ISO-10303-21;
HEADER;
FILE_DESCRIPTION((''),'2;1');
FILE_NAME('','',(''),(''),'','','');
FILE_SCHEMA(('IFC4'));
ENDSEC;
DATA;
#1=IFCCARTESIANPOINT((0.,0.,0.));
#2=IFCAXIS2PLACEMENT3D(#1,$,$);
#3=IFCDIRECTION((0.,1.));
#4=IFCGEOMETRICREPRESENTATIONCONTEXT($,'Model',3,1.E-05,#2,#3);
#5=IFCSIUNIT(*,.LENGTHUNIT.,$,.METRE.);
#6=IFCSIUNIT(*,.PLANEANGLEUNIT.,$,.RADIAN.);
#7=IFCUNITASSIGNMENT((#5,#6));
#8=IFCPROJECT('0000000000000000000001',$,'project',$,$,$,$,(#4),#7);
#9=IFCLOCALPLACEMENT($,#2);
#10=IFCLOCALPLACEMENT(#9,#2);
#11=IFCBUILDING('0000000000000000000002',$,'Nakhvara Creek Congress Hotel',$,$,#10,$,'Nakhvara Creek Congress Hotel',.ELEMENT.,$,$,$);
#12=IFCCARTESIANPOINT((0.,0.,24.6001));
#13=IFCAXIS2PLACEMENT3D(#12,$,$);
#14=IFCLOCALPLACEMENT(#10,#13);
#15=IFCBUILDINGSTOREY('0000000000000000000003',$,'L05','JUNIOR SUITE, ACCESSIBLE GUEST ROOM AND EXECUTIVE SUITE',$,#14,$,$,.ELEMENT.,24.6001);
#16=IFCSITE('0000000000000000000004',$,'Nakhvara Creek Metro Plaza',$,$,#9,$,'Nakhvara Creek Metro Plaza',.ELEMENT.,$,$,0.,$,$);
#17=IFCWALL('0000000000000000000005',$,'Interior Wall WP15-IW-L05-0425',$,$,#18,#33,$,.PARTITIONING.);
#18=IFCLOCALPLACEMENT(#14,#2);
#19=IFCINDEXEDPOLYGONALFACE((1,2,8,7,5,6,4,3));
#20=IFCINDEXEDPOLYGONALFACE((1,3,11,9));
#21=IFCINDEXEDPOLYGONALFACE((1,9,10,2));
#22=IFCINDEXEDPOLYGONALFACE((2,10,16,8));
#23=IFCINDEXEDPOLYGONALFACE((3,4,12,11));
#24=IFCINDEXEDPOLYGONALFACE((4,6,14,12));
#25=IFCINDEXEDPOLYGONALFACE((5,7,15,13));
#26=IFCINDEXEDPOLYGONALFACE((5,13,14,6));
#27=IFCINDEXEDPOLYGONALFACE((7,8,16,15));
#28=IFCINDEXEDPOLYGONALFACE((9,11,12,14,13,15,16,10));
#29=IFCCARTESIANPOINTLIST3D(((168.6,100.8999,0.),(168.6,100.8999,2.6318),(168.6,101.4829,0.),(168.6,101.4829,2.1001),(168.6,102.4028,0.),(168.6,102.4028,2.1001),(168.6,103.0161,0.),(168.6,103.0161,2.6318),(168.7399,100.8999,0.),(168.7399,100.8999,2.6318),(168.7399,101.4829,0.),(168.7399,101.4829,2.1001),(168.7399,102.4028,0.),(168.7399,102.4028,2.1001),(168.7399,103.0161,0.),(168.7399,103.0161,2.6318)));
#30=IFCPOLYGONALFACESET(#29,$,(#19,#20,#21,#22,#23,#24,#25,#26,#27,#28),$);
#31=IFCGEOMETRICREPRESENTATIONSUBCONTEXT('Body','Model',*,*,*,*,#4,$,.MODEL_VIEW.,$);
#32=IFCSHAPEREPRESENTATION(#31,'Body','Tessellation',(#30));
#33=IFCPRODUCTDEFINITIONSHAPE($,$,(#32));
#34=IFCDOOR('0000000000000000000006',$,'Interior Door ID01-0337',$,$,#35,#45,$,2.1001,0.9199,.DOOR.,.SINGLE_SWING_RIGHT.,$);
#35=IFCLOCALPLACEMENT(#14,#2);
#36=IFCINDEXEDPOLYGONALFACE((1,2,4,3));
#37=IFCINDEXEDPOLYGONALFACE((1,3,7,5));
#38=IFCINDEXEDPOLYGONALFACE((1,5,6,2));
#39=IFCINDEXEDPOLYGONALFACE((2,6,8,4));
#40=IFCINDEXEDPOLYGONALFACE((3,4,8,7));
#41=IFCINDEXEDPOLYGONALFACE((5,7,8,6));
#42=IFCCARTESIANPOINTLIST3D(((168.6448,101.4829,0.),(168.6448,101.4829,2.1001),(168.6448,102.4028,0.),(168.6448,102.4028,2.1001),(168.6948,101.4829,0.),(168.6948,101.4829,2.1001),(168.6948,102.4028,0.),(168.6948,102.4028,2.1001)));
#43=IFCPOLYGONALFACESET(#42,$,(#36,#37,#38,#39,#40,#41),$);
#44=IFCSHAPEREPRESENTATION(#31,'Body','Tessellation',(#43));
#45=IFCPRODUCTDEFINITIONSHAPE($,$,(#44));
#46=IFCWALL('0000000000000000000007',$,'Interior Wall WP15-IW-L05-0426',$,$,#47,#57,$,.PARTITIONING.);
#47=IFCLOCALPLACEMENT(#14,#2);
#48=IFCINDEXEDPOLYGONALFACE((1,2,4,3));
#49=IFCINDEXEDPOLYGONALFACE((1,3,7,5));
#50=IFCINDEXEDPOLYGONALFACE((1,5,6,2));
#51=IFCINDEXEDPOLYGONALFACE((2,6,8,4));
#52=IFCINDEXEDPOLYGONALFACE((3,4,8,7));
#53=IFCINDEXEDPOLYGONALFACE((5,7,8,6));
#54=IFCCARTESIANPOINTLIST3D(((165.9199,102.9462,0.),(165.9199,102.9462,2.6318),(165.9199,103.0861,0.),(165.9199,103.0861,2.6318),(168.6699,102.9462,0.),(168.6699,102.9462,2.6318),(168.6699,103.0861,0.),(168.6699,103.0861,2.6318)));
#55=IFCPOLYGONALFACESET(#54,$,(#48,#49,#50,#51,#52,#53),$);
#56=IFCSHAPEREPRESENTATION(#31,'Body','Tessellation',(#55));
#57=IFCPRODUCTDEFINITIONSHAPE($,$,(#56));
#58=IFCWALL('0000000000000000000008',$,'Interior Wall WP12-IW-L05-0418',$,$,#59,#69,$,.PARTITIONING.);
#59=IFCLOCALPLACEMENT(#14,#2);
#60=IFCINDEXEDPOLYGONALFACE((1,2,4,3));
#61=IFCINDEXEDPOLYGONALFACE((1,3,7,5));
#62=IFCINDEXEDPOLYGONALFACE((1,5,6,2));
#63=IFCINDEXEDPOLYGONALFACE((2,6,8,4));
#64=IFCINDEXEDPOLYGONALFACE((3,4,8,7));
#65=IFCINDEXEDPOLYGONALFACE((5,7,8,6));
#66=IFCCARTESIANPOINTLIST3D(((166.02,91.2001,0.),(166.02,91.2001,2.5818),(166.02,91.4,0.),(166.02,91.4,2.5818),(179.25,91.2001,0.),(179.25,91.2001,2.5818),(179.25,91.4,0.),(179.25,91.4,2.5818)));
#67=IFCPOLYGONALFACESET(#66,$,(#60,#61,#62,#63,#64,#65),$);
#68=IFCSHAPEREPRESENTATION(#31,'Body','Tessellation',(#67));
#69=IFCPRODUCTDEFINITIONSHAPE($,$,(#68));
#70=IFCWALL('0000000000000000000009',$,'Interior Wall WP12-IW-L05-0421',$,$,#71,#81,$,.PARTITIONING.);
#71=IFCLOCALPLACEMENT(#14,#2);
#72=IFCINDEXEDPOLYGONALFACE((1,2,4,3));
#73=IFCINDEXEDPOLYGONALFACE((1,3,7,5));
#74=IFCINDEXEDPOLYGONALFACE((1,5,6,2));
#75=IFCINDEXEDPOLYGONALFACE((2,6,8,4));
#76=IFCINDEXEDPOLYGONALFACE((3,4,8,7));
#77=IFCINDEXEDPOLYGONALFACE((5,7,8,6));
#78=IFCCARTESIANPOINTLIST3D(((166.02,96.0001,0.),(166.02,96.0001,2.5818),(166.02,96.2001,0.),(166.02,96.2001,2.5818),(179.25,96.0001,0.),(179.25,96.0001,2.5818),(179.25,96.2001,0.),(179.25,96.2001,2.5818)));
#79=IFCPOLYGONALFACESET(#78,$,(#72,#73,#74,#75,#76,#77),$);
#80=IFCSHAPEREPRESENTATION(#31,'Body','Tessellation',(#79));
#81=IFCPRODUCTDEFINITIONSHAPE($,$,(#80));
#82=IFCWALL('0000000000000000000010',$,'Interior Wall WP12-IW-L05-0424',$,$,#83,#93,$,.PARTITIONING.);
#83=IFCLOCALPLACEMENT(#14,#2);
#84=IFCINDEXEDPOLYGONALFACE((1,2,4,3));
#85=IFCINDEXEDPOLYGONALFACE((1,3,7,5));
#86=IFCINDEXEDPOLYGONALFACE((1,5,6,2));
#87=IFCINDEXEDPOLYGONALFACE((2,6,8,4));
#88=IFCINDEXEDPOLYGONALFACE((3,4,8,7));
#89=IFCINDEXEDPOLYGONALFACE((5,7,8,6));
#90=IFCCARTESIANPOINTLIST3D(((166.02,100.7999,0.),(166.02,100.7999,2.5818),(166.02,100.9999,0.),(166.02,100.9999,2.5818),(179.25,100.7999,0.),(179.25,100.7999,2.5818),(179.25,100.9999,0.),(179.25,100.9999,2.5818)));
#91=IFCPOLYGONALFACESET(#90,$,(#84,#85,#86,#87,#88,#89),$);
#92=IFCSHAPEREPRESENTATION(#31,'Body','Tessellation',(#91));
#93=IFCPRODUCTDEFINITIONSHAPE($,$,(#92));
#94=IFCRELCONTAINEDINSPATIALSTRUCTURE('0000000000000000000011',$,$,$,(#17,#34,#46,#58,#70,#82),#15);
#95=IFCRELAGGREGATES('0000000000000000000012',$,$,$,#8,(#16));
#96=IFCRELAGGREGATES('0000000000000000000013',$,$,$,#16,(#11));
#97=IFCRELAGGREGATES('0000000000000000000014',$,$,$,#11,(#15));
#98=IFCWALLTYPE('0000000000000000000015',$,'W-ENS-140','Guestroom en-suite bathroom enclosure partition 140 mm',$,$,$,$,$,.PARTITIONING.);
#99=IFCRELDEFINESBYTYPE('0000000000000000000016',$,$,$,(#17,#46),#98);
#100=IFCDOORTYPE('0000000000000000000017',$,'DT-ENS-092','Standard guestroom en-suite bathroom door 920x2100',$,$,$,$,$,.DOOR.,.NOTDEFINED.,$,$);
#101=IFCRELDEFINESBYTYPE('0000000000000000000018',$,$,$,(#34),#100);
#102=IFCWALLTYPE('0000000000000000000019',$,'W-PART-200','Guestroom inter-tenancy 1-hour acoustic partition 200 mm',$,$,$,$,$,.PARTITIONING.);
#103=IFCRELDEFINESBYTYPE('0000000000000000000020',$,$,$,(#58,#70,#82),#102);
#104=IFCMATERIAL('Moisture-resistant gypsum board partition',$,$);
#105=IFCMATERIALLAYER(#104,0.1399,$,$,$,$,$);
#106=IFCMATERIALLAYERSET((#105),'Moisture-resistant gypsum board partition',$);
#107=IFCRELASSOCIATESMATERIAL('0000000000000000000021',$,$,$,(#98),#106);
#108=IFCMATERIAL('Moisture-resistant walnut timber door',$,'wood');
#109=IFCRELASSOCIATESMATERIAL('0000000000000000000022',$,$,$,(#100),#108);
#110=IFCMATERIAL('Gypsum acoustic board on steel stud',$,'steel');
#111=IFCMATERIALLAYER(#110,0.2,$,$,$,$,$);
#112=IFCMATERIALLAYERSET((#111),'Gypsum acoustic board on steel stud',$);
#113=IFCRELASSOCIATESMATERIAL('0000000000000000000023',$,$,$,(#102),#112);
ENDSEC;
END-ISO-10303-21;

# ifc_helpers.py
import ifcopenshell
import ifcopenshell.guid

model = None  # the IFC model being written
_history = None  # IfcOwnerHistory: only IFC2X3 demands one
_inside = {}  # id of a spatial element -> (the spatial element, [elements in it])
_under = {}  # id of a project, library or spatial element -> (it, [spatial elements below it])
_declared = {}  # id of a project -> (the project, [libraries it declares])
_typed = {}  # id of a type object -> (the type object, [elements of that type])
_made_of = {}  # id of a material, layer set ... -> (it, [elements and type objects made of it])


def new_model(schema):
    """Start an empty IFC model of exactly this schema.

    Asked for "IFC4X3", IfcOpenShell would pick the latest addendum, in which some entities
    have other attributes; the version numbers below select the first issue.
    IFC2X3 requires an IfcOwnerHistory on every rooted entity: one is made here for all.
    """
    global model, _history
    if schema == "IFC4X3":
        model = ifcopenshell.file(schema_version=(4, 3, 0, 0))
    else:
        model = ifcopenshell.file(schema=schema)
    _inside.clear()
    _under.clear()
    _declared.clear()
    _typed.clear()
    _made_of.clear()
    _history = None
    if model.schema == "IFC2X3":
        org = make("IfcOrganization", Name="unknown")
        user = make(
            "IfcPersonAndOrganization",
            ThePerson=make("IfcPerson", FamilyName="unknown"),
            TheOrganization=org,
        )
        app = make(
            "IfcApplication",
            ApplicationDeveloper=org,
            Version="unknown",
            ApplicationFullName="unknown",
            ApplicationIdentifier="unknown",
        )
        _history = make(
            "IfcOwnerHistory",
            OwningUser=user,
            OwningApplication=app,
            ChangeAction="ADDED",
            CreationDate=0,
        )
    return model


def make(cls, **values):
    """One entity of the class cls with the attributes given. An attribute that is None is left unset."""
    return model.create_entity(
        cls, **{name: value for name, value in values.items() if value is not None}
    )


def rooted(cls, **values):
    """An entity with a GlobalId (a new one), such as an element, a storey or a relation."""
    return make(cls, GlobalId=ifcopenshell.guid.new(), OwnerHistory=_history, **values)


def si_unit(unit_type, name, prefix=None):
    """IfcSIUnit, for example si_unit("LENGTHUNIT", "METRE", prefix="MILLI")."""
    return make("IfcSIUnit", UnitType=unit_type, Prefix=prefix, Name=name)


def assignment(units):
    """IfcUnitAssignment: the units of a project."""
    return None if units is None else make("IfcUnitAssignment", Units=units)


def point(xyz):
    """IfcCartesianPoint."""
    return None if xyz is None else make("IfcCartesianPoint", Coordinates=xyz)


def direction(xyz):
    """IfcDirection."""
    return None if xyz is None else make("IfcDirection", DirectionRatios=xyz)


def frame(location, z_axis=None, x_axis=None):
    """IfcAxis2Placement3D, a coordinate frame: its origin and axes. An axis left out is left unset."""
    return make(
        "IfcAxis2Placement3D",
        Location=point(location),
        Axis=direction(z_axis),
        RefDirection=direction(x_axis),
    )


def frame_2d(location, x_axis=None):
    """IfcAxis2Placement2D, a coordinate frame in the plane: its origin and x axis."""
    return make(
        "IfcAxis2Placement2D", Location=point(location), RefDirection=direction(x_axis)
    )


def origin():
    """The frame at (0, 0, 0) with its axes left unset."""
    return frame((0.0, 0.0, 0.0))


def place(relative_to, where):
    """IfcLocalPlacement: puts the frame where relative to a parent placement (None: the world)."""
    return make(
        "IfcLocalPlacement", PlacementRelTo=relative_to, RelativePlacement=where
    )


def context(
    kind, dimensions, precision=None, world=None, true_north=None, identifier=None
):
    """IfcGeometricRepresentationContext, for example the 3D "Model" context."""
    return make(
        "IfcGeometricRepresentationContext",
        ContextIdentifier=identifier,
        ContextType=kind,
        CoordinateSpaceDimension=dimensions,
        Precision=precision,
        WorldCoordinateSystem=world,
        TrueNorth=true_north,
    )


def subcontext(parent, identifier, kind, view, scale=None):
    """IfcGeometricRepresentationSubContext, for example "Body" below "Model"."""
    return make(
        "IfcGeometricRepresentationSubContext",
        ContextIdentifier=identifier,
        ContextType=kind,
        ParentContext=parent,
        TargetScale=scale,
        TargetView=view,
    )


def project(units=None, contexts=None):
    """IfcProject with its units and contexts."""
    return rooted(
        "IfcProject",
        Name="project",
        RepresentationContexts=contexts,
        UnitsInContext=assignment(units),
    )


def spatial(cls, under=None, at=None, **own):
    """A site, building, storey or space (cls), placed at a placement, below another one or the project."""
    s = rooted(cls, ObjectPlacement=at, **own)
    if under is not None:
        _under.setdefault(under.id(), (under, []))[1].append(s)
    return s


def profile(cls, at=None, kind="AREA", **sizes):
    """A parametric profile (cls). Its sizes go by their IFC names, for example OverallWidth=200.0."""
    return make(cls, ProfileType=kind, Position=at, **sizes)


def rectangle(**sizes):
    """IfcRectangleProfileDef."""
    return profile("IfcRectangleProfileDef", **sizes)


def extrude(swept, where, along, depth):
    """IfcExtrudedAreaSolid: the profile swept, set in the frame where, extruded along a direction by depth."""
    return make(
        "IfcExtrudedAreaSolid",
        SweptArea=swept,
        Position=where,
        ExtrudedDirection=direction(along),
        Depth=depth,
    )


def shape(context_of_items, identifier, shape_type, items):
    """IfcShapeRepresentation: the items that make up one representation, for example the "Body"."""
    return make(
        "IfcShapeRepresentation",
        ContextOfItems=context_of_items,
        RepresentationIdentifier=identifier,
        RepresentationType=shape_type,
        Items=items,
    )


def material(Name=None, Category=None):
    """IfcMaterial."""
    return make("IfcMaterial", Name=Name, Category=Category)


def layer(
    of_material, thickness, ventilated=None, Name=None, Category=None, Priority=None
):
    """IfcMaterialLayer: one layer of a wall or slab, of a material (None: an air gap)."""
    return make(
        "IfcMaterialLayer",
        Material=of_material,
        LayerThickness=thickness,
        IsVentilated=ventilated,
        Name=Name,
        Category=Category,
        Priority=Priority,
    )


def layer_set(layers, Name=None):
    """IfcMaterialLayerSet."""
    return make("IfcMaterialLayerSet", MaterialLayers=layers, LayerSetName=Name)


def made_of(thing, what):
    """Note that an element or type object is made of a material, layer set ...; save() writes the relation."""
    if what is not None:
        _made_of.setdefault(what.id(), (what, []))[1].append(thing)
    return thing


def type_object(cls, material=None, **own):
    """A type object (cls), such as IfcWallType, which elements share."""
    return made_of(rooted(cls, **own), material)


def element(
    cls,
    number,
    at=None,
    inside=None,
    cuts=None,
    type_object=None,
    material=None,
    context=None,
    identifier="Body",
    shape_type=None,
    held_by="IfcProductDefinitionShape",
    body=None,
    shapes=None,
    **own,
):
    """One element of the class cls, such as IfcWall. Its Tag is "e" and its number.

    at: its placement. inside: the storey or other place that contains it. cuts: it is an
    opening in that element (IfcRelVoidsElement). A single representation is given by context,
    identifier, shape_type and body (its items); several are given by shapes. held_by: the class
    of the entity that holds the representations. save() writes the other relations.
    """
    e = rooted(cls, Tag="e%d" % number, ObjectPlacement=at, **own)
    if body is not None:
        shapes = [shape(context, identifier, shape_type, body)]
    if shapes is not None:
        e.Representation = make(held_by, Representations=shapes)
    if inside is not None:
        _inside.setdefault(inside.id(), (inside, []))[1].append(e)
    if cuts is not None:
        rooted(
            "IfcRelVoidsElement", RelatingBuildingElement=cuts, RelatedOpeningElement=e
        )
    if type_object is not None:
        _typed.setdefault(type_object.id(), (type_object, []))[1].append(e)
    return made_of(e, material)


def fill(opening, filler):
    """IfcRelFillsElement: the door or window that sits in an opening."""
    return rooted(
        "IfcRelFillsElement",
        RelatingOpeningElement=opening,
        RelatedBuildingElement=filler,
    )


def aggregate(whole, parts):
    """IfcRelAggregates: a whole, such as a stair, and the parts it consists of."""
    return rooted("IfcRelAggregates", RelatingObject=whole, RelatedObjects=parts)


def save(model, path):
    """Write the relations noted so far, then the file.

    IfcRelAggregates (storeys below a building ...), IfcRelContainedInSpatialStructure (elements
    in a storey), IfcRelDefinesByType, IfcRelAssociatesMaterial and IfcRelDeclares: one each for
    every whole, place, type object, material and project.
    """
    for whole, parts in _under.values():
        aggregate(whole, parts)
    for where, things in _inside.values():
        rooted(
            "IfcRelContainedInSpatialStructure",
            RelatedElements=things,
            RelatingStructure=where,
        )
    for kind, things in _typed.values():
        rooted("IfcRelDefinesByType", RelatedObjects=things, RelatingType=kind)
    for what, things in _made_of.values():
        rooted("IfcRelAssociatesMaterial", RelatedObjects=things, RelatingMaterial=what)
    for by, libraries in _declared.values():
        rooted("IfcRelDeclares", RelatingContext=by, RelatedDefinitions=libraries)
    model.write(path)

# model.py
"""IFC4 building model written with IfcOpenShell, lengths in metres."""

from ifc_helpers import new_model, si_unit, direction, frame, frame_2d, origin, place, context, subcontext, project, spatial, rectangle, extrude, material, layer, layer_set, type_object, element, fill, save


model = new_model("IFC4")

# Units and contexts
model_context = context("Model", 3, precision=1e-05, world=origin(), true_north=direction((0.0, 1.0)))
body_context = subcontext(model_context, "Body", "Model", "MODEL_VIEW")
ifc_project = project(units=[si_unit("LENGTHUNIT", "METRE"), si_unit("PLANEANGLEUNIT", "RADIAN")], contexts=[model_context])

# Site, building, storey
site_placement = place(None, origin())
site = spatial("IfcSite", under=ifc_project, at=site_placement, Name="Nakhvara Creek Metro Plaza", LongName="Nakhvara Creek Metro Plaza", CompositionType="ELEMENT", RefElevation=0.0)
building_placement = place(site_placement, origin())
building = spatial("IfcBuilding", under=site, at=building_placement, Name="Nakhvara Creek Congress Hotel", LongName="Nakhvara Creek Congress Hotel", CompositionType="ELEMENT")
storey_placement = place(building_placement, frame((0.0, 0.0, 24.6001)))
storey = spatial("IfcBuildingStorey", under=building, at=storey_placement, Name="L05", Description="JUNIOR SUITE, ACCESSIBLE GUEST ROOM AND EXECUTIVE SUITE", CompositionType="ELEMENT", Elevation=24.6001)

# Shared definitions
ifc_material_1 = material(Name="Gypsum acoustic board on steel stud", Category="steel")

# Shared definitions
ifc_material_2 = material(Name="Moisture-resistant gypsum board partition")
ifc_layer_1 = layer(ifc_material_2, 0.1399)
ifc_layer_set_1 = layer_set([ifc_layer_1], Name="Moisture-resistant gypsum board partition")
wall_type_1 = type_object("IfcWallType", Name="W-ENS-140", Description="Guestroom en-suite bathroom enclosure partition 140 mm", PredefinedType="PARTITIONING", material=ifc_layer_set_1)
ifc_material_3 = material(Name="Moisture-resistant walnut timber door", Category="wood")

# Wall, opening, door
wall_1_placement = place(storey_placement, frame((168.6699, 100.8999, 0.0), z_axis=(0.0, 0.0, 1.0), x_axis=(0.0, 1.0, 0.0)))
wall_1 = element("IfcWall", 1, at=wall_1_placement, inside=storey, type_object=wall_type_1, Name="Interior Wall WP15-IW-L05-0425", PredefinedType="PARTITIONING", context=body_context, shape_type="SweptSolid", body=[
    extrude(rectangle(XDim=2.1162, YDim=0.1399, at=frame_2d((1.0581, 0.0))), origin(), (0.0, 0.0, 1.0), 2.6318),
])
opening_1_placement = place(wall_1_placement, frame((0.583, 0.0, 0.0)))
opening_1 = element("IfcOpeningElement", 2, at=opening_1_placement, cuts=wall_1, PredefinedType="OPENING", context=body_context, shape_type="SweptSolid", body=[
    extrude(rectangle(XDim=0.9199, YDim=2.1001, at=frame_2d((0.46, 1.05))), frame((0.0, 0.082, 0.0), z_axis=(0.0, -1.0, 0.0), x_axis=(1.0, 0.0, 0.0)), (0.0, 0.0, 1.0), 0.1638),
])
door_type_1 = type_object("IfcDoorType", Name="DT-ENS-092", Description="Standard guestroom en-suite bathroom door 920x2100", OperationType="NOTDEFINED", PredefinedType="DOOR", material=ifc_material_3)
door_1_placement = place(opening_1_placement, frame((0.9199, 0.0, 0.0), z_axis=(0.0, 0.0, 1.0), x_axis=(-1.0, 0.0, 0.0)))
door_1 = element("IfcDoor", 3, at=door_1_placement, inside=storey, type_object=door_type_1, Name="Interior Door ID01-0337", OperationType="SINGLE_SWING_RIGHT", OverallHeight=2.1001, OverallWidth=0.9199, PredefinedType="DOOR", context=body_context, shape_type="SweptSolid", body=[
    extrude(rectangle(XDim=0.9199, YDim=2.1001, at=frame_2d((0.46, 1.05))), frame((0.0, 0.0249, 0.0), z_axis=(0.0, -1.0, 0.0), x_axis=(1.0, 0.0, 0.0)), (0.0, 0.0, 1.0), 0.05),
])
fill(opening_1, door_1)

# Walls
wall_2_placement = place(storey_placement, frame((165.9199, 103.0161, 0.0), z_axis=(0.0, 0.0, 1.0), x_axis=(1.0, 0.0, 0.0)))
element("IfcWall", 4, at=wall_2_placement, inside=storey, type_object=wall_type_1, Name="Interior Wall WP15-IW-L05-0426", PredefinedType="PARTITIONING", context=body_context, shape_type="SweptSolid", body=[
    extrude(rectangle(XDim=2.75, YDim=0.1399, at=frame_2d((1.375, 0.0))), origin(), (0.0, 0.0, 1.0), 2.6318),
])
ifc_layer_2 = layer(ifc_material_1, 0.2)
ifc_layer_set_2 = layer_set([ifc_layer_2], Name="Gypsum acoustic board on steel stud")
wall_type_2 = type_object("IfcWallType", Name="W-PART-200", Description="Guestroom inter-tenancy 1-hour acoustic partition 200 mm", PredefinedType="PARTITIONING", material=ifc_layer_set_2)
for number, where, z_axis, x_axis, name in (
    (5, (166.02, 91.3, 0.0), (0.0, 0.0, 1.0), (1.0, 0.0, 0.0), "Interior Wall WP12-IW-L05-0418"),
    (6, (166.02, 96.1001, 0.0), (0.0, 0.0, 1.0), (1.0, 0.0, 0.0), "Interior Wall WP12-IW-L05-0421"),
    (7, (166.02, 100.8999, 0.0), (0.0, 0.0, 1.0), (1.0, 0.0, 0.0), "Interior Wall WP12-IW-L05-0424"),
):
    element("IfcWall", number, at=place(storey_placement, frame(where, z_axis=z_axis, x_axis=x_axis)), inside=storey, type_object=wall_type_2, Name=name, PredefinedType="PARTITIONING", context=body_context, shape_type="SweptSolid", body=[
        extrude(rectangle(XDim=13.23, YDim=0.2, at=frame_2d((6.615, 0.0))), origin(), (0.0, 0.0, 1.0), 2.5818),
    ])

save(model, "model.ifc")
